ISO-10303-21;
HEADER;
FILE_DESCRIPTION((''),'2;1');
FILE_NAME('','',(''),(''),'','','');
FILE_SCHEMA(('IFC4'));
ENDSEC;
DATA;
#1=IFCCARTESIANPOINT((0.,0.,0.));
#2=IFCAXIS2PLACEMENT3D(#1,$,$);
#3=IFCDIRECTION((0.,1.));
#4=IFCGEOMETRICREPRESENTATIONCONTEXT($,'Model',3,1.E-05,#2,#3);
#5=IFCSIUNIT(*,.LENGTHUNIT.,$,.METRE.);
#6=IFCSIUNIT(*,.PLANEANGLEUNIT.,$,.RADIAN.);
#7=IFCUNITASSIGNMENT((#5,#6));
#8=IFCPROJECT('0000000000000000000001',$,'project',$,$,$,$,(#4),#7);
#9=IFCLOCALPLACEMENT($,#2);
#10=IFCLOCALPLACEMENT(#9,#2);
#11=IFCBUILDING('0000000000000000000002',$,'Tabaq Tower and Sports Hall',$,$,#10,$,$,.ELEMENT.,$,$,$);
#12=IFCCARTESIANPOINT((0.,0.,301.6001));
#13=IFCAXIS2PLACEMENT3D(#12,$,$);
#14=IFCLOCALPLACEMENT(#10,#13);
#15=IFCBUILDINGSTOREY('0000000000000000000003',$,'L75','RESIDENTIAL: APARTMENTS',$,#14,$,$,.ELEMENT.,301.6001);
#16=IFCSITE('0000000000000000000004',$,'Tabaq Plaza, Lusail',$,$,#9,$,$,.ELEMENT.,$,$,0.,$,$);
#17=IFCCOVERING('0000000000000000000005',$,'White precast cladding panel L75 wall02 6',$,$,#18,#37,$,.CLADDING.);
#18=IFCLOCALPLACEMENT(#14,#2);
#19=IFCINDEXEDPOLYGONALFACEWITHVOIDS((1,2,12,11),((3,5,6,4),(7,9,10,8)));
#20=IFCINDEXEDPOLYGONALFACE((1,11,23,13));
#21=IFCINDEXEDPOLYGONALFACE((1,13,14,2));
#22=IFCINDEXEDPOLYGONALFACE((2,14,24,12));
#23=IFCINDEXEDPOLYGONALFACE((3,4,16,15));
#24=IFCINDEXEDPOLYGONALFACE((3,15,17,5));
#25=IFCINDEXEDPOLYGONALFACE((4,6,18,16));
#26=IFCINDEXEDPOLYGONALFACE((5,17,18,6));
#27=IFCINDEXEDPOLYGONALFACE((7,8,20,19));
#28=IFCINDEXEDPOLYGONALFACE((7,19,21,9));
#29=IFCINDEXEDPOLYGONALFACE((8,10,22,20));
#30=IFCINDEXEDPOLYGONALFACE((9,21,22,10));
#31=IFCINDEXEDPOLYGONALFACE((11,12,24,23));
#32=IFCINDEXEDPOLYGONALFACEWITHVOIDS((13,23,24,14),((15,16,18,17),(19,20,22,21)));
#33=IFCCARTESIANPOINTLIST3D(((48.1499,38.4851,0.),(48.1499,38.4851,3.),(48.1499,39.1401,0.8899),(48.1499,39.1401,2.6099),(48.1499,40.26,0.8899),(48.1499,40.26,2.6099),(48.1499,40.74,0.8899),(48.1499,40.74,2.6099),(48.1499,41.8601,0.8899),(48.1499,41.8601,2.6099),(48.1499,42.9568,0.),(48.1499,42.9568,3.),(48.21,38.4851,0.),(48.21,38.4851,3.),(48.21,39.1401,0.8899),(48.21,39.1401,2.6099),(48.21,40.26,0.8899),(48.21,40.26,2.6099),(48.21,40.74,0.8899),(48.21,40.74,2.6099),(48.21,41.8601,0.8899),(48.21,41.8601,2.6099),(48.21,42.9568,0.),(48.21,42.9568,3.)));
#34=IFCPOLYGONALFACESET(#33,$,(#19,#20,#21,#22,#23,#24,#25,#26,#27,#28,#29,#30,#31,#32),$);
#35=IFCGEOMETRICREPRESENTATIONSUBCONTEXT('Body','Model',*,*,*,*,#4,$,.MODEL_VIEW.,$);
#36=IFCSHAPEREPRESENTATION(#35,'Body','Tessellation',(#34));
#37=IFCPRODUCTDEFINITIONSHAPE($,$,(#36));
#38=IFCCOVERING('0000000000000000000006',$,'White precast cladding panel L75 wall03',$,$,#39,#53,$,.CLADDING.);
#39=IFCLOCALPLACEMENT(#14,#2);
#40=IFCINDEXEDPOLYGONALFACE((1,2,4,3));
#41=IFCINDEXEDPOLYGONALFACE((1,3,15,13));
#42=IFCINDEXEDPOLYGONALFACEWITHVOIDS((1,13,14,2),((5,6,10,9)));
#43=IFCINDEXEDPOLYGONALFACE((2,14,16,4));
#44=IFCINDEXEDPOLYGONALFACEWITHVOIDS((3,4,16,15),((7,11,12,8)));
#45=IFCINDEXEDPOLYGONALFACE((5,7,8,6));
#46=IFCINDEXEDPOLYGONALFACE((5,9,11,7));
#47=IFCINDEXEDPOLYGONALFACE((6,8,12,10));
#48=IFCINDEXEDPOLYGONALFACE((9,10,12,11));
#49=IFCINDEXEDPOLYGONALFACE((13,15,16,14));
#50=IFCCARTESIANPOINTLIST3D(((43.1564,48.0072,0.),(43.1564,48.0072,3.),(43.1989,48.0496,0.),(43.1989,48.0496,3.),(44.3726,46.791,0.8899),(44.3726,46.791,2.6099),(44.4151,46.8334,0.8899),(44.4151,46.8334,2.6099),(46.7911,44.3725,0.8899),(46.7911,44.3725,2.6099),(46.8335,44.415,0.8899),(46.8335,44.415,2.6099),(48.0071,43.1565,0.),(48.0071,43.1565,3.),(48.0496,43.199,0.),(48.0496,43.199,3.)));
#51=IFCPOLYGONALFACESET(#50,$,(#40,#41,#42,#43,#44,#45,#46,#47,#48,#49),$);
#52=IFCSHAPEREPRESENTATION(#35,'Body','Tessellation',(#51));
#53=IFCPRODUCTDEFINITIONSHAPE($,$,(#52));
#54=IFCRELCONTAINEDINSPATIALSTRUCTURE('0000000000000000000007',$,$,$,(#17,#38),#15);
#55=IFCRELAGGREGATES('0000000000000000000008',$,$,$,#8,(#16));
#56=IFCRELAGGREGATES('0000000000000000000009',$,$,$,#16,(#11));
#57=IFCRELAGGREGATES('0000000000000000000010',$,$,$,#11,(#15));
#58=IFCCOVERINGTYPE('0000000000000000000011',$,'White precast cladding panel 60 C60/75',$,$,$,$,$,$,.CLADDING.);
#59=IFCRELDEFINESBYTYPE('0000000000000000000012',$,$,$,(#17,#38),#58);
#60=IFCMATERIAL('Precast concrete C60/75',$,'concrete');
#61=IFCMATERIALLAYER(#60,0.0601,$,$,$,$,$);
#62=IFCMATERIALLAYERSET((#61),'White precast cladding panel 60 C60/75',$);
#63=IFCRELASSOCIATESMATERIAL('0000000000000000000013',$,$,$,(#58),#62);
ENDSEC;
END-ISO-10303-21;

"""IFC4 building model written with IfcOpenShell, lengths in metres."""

from ifc_helpers import new_model, si_unit, direction, frame, origin, place, context, subcontext, project, spatial, polyline, outline, extrude, material, layer, layer_set, type_object, element, save


model = new_model("IFC4")

# Units and contexts
model_context = context("Model", 3, precision=1e-05, world=origin(), true_north=direction((0.0, 1.0)))
body_context = subcontext(model_context, "Body", "Model", "MODEL_VIEW")
ifc_project = project(units=[si_unit("LENGTHUNIT", "METRE"), si_unit("PLANEANGLEUNIT", "RADIAN")], contexts=[model_context])

# Site, building, storey
site_placement = place(None, origin())
site = spatial("IfcSite", under=ifc_project, at=site_placement, Name="Tabaq Plaza, Lusail", CompositionType="ELEMENT", RefElevation=0.0)
building_placement = place(site_placement, origin())
building = spatial("IfcBuilding", under=site, at=building_placement, Name="Tabaq Tower and Sports Hall", CompositionType="ELEMENT")
storey_placement = place(building_placement, frame((0.0, 0.0, 301.6001)))
storey = spatial("IfcBuildingStorey", under=building, at=storey_placement, Name="L75", Description="RESIDENTIAL: APARTMENTS", CompositionType="ELEMENT", Elevation=301.6001)

# Coverings
ifc_material_1 = material(Name="Precast concrete C60/75", Category="concrete")
ifc_layer_1 = layer(ifc_material_1, 0.0601)
ifc_layer_set_1 = layer_set([ifc_layer_1], Name="White precast cladding panel 60 C60/75")
covering_type_1 = type_object("IfcCoveringType", Name="White precast cladding panel 60 C60/75", PredefinedType="CLADDING", material=ifc_layer_set_1)
covering_1_placement = place(storey_placement, frame((48.1799, 38.4851, 0.0), z_axis=(0.0, 0.0, 1.0), x_axis=(0.0, 1.0, 0.0)))
element("IfcCovering", 1, at=covering_1_placement, inside=storey, type_object=covering_type_1, Name="White precast cladding panel L75 wall02 6", PredefinedType="CLADDING", context=body_context, shape_type="SweptSolid", body=[
    extrude(outline(polyline([(0.0, 0.0), (4.4717, 0.0), (4.4717, 3.0), (0.0, 3.0), (0.0, 0.0)]), holes=[polyline([(0.655, 2.6099), (1.7749, 2.6099), (1.7749, 0.8899), (0.655, 0.8899), (0.655, 2.6099)]), polyline([(2.2549, 2.6099), (3.375, 2.6099), (3.375, 0.8899), (2.2549, 0.8899), (2.2549, 2.6099)])]), frame((0.0, 0.03, 0.0), z_axis=(0.0, -1.0, 0.0), x_axis=(1.0, 0.0, 0.0)), (0.0, 0.0, 1.0), 0.0601),
])
covering_2_placement = place(storey_placement, frame((48.0283, 43.1777, 0.0), z_axis=(0.0, 0.0, 1.0), x_axis=(-0.707107, 0.707107, 0.0)))
element("IfcCovering", 2, at=covering_2_placement, inside=storey, type_object=covering_type_1, Name="White precast cladding panel L75 wall03", PredefinedType="CLADDING", context=body_context, shape_type="SweptSolid", body=[
    extrude(outline(polyline([(0.0, 0.0), (6.8599, 0.0), (6.8599, 3.0), (0.0, 3.0), (0.0, 0.0)]), holes=[polyline([(1.7197, 0.8899), (1.7197, 2.6099), (5.1399, 2.6099), (5.1399, 0.8899), (1.7197, 0.8899)])]), frame((0.0, 0.03, 0.0), z_axis=(0.0, -1.0, 0.0), x_axis=(1.0, 0.0, 0.0)), (0.0, 0.0, 1.0), 0.0601),
])

save(model, "model.ifc")
